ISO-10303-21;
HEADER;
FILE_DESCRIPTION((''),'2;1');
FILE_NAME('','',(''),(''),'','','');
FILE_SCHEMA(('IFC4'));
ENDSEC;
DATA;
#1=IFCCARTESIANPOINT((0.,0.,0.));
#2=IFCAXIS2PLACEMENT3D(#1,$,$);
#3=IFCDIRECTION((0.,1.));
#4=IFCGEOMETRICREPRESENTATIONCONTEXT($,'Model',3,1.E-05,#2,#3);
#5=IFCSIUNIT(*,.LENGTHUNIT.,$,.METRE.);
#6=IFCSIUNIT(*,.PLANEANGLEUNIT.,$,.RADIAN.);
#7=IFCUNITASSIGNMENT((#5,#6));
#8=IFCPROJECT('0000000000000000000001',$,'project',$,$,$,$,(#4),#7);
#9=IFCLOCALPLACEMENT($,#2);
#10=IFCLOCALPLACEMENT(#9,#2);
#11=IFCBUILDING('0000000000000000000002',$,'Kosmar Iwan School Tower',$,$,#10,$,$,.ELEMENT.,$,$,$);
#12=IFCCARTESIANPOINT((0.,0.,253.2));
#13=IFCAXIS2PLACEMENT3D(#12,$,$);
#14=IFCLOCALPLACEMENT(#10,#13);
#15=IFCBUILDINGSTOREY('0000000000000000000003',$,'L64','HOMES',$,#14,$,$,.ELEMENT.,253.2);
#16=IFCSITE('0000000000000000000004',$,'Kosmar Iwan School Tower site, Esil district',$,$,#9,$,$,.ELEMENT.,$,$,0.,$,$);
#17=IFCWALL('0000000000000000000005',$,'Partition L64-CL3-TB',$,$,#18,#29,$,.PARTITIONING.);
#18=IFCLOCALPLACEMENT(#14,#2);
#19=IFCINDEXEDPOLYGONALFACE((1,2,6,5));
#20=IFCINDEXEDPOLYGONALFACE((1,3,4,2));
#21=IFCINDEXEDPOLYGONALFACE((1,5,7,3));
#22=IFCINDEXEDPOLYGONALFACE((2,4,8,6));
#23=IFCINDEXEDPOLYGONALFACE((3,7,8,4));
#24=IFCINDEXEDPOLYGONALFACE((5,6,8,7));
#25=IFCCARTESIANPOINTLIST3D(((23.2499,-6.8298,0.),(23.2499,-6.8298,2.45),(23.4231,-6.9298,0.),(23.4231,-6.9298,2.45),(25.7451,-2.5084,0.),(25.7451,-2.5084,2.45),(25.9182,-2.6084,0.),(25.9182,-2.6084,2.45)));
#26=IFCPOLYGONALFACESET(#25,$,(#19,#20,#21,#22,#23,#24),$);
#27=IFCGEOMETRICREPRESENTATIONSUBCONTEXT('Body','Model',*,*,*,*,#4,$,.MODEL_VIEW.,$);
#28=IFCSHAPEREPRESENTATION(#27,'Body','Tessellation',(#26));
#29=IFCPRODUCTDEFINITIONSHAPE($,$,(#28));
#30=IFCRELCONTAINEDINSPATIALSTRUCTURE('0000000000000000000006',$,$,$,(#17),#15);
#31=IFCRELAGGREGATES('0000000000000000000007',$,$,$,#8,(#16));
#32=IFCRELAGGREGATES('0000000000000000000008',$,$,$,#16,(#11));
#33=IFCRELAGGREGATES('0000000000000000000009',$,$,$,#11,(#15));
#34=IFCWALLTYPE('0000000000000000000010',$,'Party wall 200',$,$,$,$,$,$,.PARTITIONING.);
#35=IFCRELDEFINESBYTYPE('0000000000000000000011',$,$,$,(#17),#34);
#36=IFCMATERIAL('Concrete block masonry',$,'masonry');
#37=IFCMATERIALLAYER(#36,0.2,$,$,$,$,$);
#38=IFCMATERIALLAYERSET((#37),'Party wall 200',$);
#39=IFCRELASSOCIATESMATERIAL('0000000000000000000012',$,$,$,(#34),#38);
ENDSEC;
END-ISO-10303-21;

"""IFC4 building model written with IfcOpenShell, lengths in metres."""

from ifc_helpers import new_model, si_unit, direction, frame, frame_2d, origin, place, context, subcontext, project, spatial, rectangle, extrude, material, layer, layer_set, type_object, element, save


model = new_model("IFC4")

# Units and contexts
model_context = context("Model", 3, precision=1e-05, world=origin(), true_north=direction((0.0, 1.0)))
body_context = subcontext(model_context, "Body", "Model", "MODEL_VIEW")
ifc_project = project(units=[si_unit("LENGTHUNIT", "METRE"), si_unit("PLANEANGLEUNIT", "RADIAN")], contexts=[model_context])

# Site, building, storey
site_placement = place(None, origin())
site = spatial("IfcSite", under=ifc_project, at=site_placement, Name="Kosmar Iwan School Tower site, Esil district", CompositionType="ELEMENT", RefElevation=0.0)
building_placement = place(site_placement, origin())
building = spatial("IfcBuilding", under=site, at=building_placement, Name="Kosmar Iwan School Tower", CompositionType="ELEMENT")
storey_placement = place(building_placement, frame((0.0, 0.0, 253.2)))
storey = spatial("IfcBuildingStorey", under=building, at=storey_placement, Name="L64", Description="HOMES", CompositionType="ELEMENT", Elevation=253.2)

# Wall
ifc_material_1 = material(Name="Concrete block masonry", Category="masonry")
ifc_layer_1 = layer(ifc_material_1, 0.2)
ifc_layer_set_1 = layer_set([ifc_layer_1], Name="Party wall 200")
wall_type_1 = type_object("IfcWallType", Name="Party wall 200", PredefinedType="PARTITIONING", material=ifc_layer_set_1)
wall_1_placement = place(storey_placement, frame((23.3364, -6.8799, 0.0), z_axis=(0.0, 0.0, 1.0), x_axis=(0.500033, 0.866006, 0.0)))
element("IfcWall", 1, at=wall_1_placement, inside=storey, type_object=wall_type_1, Name="Partition L64-CL3-TB", PredefinedType="PARTITIONING", context=body_context, shape_type="SweptSolid", body=[
    extrude(rectangle(XDim=4.99, YDim=0.2, at=frame_2d((2.4951, 0.0))), origin(), (0.0, 0.0, 1.0), 2.45),
])

save(model, "model.ifc")
